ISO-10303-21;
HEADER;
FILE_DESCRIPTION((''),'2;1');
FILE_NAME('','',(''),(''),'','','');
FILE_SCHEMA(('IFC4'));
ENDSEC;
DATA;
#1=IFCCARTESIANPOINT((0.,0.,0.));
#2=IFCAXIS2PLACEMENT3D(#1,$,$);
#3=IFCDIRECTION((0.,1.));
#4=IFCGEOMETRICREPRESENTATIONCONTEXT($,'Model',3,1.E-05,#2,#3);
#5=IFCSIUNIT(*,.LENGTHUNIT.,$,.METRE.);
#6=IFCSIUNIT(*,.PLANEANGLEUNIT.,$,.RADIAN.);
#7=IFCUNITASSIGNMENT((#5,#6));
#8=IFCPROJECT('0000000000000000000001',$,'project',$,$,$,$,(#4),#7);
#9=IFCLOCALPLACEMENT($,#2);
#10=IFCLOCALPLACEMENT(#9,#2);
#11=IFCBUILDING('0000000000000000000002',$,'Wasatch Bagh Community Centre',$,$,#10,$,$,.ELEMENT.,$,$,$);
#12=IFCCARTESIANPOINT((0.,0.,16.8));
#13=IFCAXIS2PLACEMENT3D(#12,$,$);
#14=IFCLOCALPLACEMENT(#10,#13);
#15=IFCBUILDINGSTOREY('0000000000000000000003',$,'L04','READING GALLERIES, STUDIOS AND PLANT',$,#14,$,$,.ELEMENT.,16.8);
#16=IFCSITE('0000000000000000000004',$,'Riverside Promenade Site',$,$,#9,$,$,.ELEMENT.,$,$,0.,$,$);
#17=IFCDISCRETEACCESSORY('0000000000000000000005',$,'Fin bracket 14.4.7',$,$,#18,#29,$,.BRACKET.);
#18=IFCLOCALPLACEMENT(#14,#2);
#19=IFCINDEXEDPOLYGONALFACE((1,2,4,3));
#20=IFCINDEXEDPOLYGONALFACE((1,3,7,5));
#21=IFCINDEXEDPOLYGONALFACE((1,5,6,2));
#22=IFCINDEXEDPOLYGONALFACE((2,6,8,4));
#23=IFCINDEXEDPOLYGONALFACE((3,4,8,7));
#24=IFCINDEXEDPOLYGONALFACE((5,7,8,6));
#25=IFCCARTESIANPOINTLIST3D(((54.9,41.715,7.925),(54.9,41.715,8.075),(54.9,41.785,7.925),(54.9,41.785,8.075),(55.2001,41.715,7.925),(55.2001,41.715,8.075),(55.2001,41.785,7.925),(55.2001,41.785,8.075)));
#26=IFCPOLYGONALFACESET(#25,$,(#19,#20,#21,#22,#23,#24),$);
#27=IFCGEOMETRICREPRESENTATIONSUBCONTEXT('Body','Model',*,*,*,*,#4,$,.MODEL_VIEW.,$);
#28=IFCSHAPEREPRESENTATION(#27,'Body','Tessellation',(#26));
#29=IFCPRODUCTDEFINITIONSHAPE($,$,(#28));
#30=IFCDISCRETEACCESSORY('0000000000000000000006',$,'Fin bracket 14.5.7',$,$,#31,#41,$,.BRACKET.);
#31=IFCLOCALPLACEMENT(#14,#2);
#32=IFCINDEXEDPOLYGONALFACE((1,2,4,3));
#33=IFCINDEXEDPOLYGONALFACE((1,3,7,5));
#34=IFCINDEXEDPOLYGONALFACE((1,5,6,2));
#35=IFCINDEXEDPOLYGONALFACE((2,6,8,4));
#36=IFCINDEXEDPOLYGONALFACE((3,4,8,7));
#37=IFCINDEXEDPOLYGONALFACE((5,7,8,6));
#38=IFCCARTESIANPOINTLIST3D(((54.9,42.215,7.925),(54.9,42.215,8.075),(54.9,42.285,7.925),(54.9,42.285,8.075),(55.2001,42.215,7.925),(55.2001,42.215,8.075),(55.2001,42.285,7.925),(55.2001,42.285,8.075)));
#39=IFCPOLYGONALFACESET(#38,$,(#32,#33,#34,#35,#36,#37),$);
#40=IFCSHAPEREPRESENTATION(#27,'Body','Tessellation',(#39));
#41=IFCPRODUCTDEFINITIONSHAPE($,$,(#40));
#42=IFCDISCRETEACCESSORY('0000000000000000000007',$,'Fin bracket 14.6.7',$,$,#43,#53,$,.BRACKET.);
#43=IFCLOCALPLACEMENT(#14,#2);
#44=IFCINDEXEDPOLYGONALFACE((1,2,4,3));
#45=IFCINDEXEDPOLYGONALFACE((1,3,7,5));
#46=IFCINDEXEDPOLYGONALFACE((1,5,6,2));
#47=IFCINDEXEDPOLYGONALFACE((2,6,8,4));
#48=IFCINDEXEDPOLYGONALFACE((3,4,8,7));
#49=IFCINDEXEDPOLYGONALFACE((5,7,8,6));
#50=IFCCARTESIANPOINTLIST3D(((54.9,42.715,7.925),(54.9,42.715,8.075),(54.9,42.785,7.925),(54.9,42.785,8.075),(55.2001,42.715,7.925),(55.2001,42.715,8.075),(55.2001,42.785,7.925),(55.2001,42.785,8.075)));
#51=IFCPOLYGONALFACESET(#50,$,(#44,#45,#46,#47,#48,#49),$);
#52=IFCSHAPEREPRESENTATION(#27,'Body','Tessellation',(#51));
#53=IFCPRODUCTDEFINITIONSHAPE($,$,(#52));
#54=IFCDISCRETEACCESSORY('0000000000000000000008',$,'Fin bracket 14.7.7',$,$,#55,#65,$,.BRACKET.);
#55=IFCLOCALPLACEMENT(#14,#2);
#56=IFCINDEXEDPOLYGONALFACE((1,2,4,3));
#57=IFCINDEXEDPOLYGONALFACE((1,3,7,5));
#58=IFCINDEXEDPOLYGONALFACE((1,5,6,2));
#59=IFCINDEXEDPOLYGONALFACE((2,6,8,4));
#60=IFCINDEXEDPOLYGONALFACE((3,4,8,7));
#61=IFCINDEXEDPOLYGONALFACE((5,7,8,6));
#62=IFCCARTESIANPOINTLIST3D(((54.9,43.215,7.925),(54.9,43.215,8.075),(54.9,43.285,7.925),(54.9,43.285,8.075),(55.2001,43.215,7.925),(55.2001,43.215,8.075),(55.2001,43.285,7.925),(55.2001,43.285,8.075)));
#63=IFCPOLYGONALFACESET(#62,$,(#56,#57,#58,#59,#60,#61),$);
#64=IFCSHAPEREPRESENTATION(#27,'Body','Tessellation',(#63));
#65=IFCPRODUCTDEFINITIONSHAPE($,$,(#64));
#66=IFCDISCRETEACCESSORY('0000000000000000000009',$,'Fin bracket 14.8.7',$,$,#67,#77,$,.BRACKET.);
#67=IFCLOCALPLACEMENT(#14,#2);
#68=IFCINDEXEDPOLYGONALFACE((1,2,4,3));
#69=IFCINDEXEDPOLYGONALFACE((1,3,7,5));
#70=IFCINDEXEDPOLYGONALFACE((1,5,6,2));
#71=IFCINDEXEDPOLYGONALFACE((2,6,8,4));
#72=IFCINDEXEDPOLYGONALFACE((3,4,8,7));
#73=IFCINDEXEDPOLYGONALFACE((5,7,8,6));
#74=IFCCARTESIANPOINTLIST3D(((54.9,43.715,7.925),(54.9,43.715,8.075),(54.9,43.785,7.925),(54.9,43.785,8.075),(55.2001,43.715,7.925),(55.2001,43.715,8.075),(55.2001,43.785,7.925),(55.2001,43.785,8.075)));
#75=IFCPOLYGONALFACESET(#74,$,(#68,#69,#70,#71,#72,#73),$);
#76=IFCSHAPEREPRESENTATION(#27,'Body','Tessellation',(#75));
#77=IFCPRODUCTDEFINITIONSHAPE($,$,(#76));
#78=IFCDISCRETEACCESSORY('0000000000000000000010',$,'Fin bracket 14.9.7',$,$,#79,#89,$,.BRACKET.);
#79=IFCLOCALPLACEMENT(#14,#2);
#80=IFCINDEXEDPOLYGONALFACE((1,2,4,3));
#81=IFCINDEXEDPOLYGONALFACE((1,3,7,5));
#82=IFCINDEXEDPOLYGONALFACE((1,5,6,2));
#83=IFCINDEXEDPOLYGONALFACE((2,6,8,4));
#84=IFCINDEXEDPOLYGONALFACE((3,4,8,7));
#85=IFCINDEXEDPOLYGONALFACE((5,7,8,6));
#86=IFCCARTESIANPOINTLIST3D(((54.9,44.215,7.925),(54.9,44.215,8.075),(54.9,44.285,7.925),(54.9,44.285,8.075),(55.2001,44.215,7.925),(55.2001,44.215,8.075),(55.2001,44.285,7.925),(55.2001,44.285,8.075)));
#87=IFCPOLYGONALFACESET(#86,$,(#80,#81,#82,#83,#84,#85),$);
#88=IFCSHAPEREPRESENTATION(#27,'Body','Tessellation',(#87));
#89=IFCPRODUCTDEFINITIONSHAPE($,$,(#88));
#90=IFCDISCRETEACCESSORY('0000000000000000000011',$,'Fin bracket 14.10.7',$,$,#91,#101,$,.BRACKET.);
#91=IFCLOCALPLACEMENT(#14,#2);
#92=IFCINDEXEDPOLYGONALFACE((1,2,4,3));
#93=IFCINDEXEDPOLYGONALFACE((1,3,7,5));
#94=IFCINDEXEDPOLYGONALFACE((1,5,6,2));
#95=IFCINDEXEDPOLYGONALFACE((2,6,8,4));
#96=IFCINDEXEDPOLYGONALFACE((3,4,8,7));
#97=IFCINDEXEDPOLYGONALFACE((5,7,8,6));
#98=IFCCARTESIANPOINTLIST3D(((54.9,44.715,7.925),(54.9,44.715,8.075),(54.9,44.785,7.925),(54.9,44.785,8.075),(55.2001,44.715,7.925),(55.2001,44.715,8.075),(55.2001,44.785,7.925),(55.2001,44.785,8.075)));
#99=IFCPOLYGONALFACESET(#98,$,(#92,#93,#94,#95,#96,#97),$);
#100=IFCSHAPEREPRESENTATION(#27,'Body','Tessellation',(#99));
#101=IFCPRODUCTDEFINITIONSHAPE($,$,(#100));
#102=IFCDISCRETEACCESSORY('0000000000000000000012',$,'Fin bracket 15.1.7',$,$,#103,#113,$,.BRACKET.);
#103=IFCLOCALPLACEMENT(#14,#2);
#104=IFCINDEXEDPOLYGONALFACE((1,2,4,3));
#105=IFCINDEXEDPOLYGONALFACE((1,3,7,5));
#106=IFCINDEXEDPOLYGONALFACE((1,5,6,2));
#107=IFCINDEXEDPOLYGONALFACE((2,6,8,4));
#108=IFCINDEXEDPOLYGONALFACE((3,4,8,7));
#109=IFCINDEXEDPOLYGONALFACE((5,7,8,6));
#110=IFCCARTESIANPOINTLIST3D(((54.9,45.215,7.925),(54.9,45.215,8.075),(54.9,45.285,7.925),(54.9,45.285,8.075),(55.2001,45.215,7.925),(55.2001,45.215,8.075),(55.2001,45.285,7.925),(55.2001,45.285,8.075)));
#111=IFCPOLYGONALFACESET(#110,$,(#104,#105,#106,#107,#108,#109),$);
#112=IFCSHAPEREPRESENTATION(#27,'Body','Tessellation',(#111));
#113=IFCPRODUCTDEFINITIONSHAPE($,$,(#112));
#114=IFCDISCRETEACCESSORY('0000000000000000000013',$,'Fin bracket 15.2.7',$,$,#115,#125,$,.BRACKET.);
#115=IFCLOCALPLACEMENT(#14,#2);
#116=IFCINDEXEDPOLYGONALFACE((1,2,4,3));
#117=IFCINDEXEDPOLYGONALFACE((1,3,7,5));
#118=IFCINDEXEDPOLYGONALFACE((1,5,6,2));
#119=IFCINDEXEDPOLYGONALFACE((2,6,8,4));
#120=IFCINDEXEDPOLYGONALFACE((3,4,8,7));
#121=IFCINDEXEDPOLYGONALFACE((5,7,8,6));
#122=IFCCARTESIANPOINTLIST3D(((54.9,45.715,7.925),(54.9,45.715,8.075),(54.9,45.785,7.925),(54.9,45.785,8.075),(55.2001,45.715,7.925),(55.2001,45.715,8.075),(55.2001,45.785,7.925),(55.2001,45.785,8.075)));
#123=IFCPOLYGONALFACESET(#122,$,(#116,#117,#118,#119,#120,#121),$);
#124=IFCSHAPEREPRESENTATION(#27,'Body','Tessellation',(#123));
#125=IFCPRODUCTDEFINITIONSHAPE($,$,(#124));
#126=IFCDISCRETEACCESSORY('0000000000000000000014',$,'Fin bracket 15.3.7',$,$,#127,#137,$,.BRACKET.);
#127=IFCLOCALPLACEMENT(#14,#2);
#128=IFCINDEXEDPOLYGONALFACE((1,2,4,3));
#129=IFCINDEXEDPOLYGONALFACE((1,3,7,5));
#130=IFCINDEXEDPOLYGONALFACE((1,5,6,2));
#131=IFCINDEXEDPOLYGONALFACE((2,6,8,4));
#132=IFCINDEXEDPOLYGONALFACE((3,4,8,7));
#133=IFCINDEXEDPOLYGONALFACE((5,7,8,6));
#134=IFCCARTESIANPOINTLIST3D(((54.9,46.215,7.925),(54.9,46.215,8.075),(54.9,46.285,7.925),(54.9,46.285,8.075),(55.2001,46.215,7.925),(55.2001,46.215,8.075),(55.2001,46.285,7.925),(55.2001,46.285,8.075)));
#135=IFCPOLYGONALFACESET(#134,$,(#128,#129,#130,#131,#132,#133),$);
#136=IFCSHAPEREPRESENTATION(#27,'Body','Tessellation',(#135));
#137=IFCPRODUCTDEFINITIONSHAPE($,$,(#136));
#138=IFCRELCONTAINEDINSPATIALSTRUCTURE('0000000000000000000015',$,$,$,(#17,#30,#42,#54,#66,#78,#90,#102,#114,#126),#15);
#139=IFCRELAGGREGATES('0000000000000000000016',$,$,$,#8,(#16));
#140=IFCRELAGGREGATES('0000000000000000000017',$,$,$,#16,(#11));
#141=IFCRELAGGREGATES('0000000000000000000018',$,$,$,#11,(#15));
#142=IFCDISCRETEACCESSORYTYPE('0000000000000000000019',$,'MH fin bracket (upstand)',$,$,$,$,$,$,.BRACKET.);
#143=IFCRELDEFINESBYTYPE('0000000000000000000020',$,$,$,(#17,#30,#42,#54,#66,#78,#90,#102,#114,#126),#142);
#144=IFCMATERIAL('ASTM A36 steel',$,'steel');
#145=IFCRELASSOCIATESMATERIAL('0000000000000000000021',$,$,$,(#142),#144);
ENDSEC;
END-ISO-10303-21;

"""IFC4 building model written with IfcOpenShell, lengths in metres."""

from ifc_helpers import new_model, si_unit, direction, frame, origin, origin_2d, place, context, subcontext, project, spatial, rectangle, extrude, material, type_object, element, save


model = new_model("IFC4")

# Units and contexts
model_context = context("Model", 3, precision=1e-05, world=origin(), true_north=direction((0.0, 1.0)))
body_context = subcontext(model_context, "Body", "Model", "MODEL_VIEW")
ifc_project = project(units=[si_unit("LENGTHUNIT", "METRE"), si_unit("PLANEANGLEUNIT", "RADIAN")], contexts=[model_context])

# Site, building, storey
site_placement = place(None, origin())
site = spatial("IfcSite", under=ifc_project, at=site_placement, Name="Riverside Promenade Site", CompositionType="ELEMENT", RefElevation=0.0)
building_placement = place(site_placement, origin())
building = spatial("IfcBuilding", under=site, at=building_placement, Name="Wasatch Bagh Community Centre", CompositionType="ELEMENT")
storey_placement = place(building_placement, frame((0.0, 0.0, 16.8)))
storey = spatial("IfcBuildingStorey", under=building, at=storey_placement, Name="L04", Description="READING GALLERIES, STUDIOS AND PLANT", CompositionType="ELEMENT", Elevation=16.8)

# Shared definitions
ifc_material_1 = material(Name="ASTM A36 steel", Category="steel")

# Discrete accessories
discrete_accessory_type_1 = type_object("IfcDiscreteAccessoryType", Name="MH fin bracket (upstand)", PredefinedType="BRACKET", material=ifc_material_1)
for number, where, z_axis, x_axis, name in (
    (1, (55.05, 41.75, 7.925), (0.0, 0.0, 1.0), (0.0, 1.0, 0.0), "Fin bracket 14.4.7"),
    (2, (55.05, 42.25, 7.925), (0.0, 0.0, 1.0), (0.0, 1.0, 0.0), "Fin bracket 14.5.7"),
    (3, (55.05, 42.75, 7.925), (0.0, 0.0, 1.0), (0.0, 1.0, 0.0), "Fin bracket 14.6.7"),
    (4, (55.05, 43.25, 7.925), (0.0, 0.0, 1.0), (0.0, 1.0, 0.0), "Fin bracket 14.7.7"),
    (5, (55.05, 43.75, 7.925), (0.0, 0.0, 1.0), (0.0, 1.0, 0.0), "Fin bracket 14.8.7"),
    (6, (55.05, 44.25, 7.925), (0.0, 0.0, 1.0), (0.0, 1.0, 0.0), "Fin bracket 14.9.7"),
    (7, (55.05, 44.75, 7.925), (0.0, 0.0, 1.0), (0.0, 1.0, 0.0), "Fin bracket 14.10.7"),
    (8, (55.05, 45.25, 7.925), (0.0, 0.0, 1.0), (0.0, 1.0, 0.0), "Fin bracket 15.1.7"),
    (9, (55.05, 45.75, 7.925), (0.0, 0.0, 1.0), (0.0, 1.0, 0.0), "Fin bracket 15.2.7"),
    (10, (55.05, 46.25, 7.925), (0.0, 0.0, 1.0), (0.0, 1.0, 0.0), "Fin bracket 15.3.7"),
):
    element("IfcDiscreteAccessory", number, at=place(storey_placement, frame(where, z_axis=z_axis, x_axis=x_axis)), inside=storey, type_object=discrete_accessory_type_1, Name=name, PredefinedType="BRACKET", context=body_context, shape_type="SweptSolid", body=[
        extrude(rectangle(XDim=0.0701, YDim=0.3, at=origin_2d()), origin(), (0.0, 0.0, 1.0), 0.1499),
    ])

save(model, "model.ifc")
